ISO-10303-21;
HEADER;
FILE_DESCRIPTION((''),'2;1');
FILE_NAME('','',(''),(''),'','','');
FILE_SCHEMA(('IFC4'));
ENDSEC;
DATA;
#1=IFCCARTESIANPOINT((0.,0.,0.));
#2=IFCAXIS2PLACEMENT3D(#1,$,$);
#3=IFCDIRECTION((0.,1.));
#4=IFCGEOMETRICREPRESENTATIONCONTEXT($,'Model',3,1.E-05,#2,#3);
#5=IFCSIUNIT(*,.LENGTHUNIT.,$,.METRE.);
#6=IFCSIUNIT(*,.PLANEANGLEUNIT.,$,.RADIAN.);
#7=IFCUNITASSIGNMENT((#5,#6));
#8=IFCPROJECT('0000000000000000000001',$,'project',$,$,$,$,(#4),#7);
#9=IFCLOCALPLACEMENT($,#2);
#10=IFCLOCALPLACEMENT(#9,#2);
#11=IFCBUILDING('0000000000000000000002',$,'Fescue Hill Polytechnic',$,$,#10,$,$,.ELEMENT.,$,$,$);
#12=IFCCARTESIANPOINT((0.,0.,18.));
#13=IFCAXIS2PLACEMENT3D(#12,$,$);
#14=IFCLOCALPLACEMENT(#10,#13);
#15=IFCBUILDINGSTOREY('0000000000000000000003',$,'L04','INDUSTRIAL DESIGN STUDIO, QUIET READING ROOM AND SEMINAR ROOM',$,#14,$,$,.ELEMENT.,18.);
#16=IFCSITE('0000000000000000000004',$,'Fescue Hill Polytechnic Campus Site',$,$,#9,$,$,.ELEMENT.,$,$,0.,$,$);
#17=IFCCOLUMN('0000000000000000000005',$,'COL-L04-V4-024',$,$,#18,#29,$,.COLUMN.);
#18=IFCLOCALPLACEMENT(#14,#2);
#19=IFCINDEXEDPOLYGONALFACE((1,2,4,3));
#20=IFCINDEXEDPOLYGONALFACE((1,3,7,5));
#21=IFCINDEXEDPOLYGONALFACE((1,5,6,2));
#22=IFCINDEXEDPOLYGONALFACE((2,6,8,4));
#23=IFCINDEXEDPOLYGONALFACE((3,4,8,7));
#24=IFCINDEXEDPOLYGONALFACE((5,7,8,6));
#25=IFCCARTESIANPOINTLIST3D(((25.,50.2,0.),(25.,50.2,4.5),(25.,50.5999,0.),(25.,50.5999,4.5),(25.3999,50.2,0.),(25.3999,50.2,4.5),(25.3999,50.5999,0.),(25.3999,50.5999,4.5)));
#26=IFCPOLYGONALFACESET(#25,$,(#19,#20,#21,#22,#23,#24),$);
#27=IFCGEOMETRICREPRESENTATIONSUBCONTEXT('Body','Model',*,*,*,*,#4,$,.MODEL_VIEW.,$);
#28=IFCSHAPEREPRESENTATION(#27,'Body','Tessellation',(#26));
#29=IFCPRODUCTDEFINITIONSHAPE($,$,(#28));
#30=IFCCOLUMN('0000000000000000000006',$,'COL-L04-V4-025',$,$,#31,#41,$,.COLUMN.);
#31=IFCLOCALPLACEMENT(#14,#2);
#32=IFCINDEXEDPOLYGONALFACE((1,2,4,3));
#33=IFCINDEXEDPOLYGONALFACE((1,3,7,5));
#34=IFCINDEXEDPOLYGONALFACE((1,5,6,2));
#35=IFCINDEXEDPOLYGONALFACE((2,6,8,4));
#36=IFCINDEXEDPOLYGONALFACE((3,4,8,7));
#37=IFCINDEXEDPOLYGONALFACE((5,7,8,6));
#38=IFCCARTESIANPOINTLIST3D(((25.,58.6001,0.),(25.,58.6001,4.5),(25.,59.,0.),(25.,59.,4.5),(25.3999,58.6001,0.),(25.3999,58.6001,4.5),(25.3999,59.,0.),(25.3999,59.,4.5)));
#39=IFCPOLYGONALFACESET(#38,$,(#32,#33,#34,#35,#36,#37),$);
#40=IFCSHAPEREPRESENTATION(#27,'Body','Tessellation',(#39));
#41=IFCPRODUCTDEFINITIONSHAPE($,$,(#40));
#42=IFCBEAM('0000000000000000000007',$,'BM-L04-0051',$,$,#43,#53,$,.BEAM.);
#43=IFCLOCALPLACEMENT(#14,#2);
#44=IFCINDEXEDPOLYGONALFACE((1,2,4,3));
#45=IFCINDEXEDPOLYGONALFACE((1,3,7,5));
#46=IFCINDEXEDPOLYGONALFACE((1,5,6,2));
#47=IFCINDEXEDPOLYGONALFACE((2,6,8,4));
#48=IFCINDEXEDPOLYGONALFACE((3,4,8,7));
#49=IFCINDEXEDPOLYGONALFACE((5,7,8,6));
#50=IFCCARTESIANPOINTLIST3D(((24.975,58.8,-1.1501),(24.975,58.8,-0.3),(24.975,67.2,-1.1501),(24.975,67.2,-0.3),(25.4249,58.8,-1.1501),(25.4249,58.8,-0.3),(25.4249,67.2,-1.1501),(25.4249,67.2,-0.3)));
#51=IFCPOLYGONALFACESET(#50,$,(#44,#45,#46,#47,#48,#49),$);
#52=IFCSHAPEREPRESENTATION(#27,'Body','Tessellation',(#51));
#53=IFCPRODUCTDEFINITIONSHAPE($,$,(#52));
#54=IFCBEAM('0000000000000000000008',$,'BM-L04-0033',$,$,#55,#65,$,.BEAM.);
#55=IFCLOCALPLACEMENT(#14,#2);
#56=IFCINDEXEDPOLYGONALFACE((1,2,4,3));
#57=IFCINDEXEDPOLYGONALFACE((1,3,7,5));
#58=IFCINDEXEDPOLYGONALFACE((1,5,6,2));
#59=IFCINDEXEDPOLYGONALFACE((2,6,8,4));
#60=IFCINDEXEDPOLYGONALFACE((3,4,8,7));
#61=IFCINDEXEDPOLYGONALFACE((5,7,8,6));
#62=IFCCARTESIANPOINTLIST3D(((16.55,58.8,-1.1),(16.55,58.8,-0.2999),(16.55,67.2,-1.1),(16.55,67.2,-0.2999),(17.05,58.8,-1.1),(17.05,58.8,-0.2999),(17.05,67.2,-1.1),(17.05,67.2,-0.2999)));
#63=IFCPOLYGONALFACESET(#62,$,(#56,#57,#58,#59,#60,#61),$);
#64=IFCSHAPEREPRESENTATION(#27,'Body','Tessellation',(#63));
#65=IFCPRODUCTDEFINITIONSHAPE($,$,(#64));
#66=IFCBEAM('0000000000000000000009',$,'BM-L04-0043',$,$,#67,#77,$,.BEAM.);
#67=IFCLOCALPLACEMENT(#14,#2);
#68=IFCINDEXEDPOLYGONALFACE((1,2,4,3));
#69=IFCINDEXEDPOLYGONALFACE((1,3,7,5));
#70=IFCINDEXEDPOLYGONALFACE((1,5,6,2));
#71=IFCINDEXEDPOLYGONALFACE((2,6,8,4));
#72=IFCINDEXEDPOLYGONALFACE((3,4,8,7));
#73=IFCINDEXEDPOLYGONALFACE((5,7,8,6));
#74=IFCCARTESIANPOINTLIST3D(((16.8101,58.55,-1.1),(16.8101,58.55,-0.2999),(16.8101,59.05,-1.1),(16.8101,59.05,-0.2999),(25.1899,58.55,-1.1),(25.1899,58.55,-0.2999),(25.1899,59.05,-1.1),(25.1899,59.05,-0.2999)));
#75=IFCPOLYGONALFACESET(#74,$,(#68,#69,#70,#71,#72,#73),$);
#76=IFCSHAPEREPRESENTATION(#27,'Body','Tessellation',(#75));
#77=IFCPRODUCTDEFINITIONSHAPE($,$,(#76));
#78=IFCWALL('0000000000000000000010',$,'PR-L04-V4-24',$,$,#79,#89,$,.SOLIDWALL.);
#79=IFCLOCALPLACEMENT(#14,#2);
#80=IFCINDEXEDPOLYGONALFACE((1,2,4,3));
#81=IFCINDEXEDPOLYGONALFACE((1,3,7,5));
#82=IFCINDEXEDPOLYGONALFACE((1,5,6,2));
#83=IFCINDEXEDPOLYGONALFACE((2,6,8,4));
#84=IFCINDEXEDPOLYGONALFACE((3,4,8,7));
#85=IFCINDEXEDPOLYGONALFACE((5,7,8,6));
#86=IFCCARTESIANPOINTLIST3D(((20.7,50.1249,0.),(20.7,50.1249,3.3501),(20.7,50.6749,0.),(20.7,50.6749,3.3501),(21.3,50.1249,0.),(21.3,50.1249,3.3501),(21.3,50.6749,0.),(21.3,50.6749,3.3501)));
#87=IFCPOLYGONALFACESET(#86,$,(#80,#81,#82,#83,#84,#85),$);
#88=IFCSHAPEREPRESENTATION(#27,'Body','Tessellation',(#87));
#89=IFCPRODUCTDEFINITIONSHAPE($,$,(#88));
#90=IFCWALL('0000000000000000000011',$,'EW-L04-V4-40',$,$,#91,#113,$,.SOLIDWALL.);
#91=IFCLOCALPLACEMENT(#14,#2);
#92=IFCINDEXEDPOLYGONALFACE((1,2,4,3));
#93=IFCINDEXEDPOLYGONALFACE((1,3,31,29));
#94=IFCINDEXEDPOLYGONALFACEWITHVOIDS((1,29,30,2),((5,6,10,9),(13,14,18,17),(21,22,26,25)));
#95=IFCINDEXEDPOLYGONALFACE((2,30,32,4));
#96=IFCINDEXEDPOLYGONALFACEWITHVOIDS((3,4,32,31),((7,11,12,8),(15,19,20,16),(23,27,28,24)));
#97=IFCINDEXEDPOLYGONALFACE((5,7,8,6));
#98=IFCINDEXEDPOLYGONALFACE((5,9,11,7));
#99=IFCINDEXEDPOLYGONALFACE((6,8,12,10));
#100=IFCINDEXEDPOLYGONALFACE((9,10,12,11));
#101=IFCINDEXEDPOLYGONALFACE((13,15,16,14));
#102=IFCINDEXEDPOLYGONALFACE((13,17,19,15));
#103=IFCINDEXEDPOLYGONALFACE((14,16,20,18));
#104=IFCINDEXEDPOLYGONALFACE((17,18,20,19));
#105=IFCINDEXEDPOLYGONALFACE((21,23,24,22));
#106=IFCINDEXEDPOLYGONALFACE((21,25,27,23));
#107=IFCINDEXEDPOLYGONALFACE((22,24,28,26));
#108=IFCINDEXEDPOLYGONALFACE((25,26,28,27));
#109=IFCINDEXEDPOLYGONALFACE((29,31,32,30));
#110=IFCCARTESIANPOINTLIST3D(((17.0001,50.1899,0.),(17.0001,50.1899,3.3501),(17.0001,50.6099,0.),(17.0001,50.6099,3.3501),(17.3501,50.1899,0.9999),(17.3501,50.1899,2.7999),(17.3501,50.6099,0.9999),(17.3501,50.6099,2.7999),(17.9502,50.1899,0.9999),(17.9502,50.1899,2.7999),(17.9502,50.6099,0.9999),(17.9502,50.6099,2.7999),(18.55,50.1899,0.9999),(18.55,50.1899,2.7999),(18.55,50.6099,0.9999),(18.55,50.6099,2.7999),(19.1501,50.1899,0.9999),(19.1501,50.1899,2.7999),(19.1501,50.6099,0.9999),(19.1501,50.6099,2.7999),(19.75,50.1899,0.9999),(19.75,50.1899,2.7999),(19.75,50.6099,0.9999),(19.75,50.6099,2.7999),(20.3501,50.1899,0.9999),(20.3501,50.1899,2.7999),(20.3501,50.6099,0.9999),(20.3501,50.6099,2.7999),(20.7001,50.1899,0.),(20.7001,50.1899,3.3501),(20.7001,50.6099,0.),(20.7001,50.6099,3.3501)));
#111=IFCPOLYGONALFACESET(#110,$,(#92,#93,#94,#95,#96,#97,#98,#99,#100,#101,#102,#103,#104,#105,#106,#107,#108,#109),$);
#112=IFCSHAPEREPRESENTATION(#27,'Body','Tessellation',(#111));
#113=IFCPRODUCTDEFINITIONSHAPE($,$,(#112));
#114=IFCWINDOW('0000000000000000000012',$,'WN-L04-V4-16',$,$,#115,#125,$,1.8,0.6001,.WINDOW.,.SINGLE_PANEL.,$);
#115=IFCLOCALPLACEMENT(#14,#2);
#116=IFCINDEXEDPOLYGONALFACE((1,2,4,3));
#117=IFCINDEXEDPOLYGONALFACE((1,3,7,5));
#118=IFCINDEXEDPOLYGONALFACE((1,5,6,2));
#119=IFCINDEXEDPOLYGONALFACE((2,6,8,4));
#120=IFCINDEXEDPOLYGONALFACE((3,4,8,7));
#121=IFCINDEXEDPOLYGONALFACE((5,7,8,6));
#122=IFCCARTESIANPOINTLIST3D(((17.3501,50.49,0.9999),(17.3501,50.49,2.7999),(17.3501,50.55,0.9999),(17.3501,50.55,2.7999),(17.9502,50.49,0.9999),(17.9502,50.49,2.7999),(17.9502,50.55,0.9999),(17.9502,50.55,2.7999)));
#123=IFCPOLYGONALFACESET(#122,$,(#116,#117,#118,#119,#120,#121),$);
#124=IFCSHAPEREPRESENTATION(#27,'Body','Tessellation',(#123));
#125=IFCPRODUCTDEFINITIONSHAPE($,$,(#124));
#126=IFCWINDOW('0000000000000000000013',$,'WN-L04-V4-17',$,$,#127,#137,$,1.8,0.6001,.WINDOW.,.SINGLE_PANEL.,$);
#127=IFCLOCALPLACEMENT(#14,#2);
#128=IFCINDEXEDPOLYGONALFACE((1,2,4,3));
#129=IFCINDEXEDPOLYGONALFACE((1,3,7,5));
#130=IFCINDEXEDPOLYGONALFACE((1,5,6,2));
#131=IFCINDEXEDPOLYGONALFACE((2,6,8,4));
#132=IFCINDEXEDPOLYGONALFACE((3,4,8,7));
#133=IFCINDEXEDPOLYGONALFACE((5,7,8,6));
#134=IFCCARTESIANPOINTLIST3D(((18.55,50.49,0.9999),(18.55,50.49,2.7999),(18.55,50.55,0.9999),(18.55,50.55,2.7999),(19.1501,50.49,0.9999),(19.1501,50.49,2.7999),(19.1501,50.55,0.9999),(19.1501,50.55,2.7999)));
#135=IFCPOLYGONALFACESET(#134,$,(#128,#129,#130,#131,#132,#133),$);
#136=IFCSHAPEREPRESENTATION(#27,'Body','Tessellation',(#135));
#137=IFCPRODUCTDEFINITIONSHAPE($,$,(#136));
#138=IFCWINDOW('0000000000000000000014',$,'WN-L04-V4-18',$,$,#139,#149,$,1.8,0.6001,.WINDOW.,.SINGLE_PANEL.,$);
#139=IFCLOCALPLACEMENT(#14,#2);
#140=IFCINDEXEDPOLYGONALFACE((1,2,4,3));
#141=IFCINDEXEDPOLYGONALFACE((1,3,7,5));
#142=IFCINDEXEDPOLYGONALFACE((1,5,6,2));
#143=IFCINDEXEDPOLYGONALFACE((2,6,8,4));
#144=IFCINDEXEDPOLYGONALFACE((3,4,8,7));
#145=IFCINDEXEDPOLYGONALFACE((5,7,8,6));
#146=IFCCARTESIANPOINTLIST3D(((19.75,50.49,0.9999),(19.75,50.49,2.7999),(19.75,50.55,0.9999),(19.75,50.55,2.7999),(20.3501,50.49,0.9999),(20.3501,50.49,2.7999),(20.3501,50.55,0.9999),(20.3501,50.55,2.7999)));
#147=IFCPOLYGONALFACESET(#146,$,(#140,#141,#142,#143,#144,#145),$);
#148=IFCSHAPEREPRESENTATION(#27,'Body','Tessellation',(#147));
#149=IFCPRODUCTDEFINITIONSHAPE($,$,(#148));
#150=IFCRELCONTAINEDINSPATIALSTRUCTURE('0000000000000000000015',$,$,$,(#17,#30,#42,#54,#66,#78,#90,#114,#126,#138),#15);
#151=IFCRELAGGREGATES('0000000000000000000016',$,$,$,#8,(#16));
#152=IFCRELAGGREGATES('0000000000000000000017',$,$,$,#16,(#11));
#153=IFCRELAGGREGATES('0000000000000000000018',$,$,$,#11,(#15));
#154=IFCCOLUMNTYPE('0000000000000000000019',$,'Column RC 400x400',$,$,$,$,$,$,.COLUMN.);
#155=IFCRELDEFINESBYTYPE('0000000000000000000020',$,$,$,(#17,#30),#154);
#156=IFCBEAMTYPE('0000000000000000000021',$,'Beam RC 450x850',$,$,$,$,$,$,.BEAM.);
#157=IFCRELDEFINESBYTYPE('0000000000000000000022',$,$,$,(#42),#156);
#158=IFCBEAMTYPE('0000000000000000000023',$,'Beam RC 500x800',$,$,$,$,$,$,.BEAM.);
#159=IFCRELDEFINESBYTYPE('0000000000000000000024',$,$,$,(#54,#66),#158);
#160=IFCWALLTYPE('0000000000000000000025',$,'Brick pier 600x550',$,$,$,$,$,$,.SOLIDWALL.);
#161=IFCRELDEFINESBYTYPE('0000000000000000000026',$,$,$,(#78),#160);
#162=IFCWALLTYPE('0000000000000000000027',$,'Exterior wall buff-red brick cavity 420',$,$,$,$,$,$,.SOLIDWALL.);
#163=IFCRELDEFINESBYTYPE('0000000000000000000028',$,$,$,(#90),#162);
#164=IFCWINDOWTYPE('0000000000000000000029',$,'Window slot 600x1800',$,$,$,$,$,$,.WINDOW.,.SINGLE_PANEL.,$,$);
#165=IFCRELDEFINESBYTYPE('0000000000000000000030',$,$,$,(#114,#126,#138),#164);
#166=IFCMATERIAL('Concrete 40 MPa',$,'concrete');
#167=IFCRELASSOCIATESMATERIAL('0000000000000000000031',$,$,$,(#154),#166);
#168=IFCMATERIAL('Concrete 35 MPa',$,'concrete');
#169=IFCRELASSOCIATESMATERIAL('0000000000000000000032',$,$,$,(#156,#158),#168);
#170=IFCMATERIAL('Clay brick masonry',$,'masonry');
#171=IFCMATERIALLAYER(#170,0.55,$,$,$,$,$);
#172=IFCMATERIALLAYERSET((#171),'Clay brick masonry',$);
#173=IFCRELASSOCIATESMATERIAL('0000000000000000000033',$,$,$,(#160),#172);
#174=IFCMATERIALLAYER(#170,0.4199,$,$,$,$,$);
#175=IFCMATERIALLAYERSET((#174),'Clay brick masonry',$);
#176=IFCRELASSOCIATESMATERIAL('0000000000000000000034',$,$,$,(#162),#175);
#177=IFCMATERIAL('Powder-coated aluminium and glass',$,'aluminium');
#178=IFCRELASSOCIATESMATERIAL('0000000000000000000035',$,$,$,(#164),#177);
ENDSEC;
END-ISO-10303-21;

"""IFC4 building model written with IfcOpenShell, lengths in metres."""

from ifc_helpers import new_model, si_unit, direction, frame, frame_2d, origin, origin_2d, place, context, subcontext, project, spatial, rectangle, extrude, material, layer, layer_set, material_profile, profile_set, type_object, element, fill, save


model = new_model("IFC4")

# Units and contexts
model_context = context("Model", 3, precision=1e-05, world=origin(), true_north=direction((0.0, 1.0)))
body_context = subcontext(model_context, "Body", "Model", "MODEL_VIEW")
ifc_project = project(units=[si_unit("LENGTHUNIT", "METRE"), si_unit("PLANEANGLEUNIT", "RADIAN")], contexts=[model_context])

# Site, building, storey
site_placement = place(None, origin())
site = spatial("IfcSite", under=ifc_project, at=site_placement, Name="Fescue Hill Polytechnic Campus Site", CompositionType="ELEMENT", RefElevation=0.0)
building_placement = place(site_placement, origin())
building = spatial("IfcBuilding", under=site, at=building_placement, Name="Fescue Hill Polytechnic", CompositionType="ELEMENT")
storey_placement = place(building_placement, frame((0.0, 0.0, 18.0)))
storey = spatial("IfcBuildingStorey", under=building, at=storey_placement, Name="L04", Description="INDUSTRIAL DESIGN STUDIO, QUIET READING ROOM AND SEMINAR ROOM", CompositionType="ELEMENT", Elevation=18.0)

# Columns
ifc_material_1 = material(Name="Concrete 40 MPa", Category="concrete")
ifc_material_profile_1 = material_profile(ifc_material_1, rectangle(XDim=0.3999, YDim=0.3999, at=origin_2d()), Name="RC 400x400")
ifc_profile_set_1 = profile_set([ifc_material_profile_1], Name="Concrete 40 MPa")
column_type = type_object("IfcColumnType", Name="Column RC 400x400", PredefinedType="COLUMN", material=ifc_profile_set_1)
for number, where, z_axis, x_axis, name in (
    (1, (25.2, 50.3999, 0.0), (0.0, 0.0, 1.0), (1.0, 0.0, 0.0), "COL-L04-V4-024"),
    (2, (25.2, 58.8, 0.0), (0.0, 0.0, 1.0), (1.0, 0.0, 0.0), "COL-L04-V4-025"),
):
    element("IfcColumn", number, at=place(storey_placement, frame(where, z_axis=z_axis, x_axis=x_axis)), inside=storey, type_object=column_type, Name=name, PredefinedType="COLUMN", context=body_context, shape_type="SweptSolid", body=[
        extrude(rectangle(XDim=0.3999, YDim=0.3999, at=origin_2d()), origin(), (0.0, 0.0, 1.0), 4.5),
    ])

# Beams
ifc_material_2 = material(Name="Concrete 35 MPa", Category="concrete")
ifc_material_profile_2 = material_profile(ifc_material_2, rectangle(XDim=0.45, YDim=0.8501, at=origin_2d()), Name="RC 450x850")
ifc_profile_set_2 = profile_set([ifc_material_profile_2], Name="Concrete 35 MPa")
beam_type_1 = type_object("IfcBeamType", Name="Beam RC 450x850", PredefinedType="BEAM", material=ifc_profile_set_2)
beam_1_placement = place(storey_placement, frame((25.2, 58.8, -0.7251), z_axis=(0.0, 1.0, 0.0), x_axis=(-1.0, 0.0, 0.0)))
element("IfcBeam", 3, at=beam_1_placement, inside=storey, type_object=beam_type_1, Name="BM-L04-0051", PredefinedType="BEAM", context=body_context, shape_type="SweptSolid", body=[
    extrude(rectangle(XDim=0.45, YDim=0.8501, at=origin_2d()), origin(), (0.0, 0.0, 1.0), 8.3999),
])
ifc_material_profile_3 = material_profile(ifc_material_2, rectangle(XDim=0.5, YDim=0.8, at=origin_2d()), Name="RC 500x800")
ifc_profile_set_3 = profile_set([ifc_material_profile_3], Name="Concrete 35 MPa")
beam_type_2 = type_object("IfcBeamType", Name="Beam RC 500x800", PredefinedType="BEAM", material=ifc_profile_set_3)
beam_2_placement = place(storey_placement, frame((16.8, 58.8, -0.7), z_axis=(0.0, 1.0, 0.0), x_axis=(-1.0, 0.0, 0.0)))
element("IfcBeam", 4, at=beam_2_placement, inside=storey, type_object=beam_type_2, Name="BM-L04-0033", PredefinedType="BEAM", context=body_context, shape_type="SweptSolid", body=[
    extrude(rectangle(XDim=0.5, YDim=0.8, at=origin_2d()), origin(), (0.0, 0.0, 1.0), 8.3999),
])
beam_3_placement = place(storey_placement, frame((16.8101, 58.8, -0.7), z_axis=(1.0, 0.0, 0.0), x_axis=(0.0, 1.0, 0.0)))
element("IfcBeam", 5, at=beam_3_placement, inside=storey, type_object=beam_type_2, Name="BM-L04-0043", PredefinedType="BEAM", context=body_context, shape_type="SweptSolid", body=[
    extrude(rectangle(XDim=0.5, YDim=0.8, at=origin_2d()), origin(), (0.0, 0.0, 1.0), 8.3799),
])

# Wall
ifc_material_3 = material(Name="Clay brick masonry", Category="masonry")
ifc_layer_1 = layer(ifc_material_3, 0.55)
ifc_layer_set_1 = layer_set([ifc_layer_1], Name="Clay brick masonry")
wall_type_1 = type_object("IfcWallType", Name="Brick pier 600x550", PredefinedType="SOLIDWALL", material=ifc_layer_set_1)
wall_1_placement = place(storey_placement, frame((20.7, 50.3999, 0.0), z_axis=(0.0, 0.0, 1.0), x_axis=(1.0, 0.0, 0.0)))
element("IfcWall", 6, at=wall_1_placement, inside=storey, type_object=wall_type_1, Name="PR-L04-V4-24", PredefinedType="SOLIDWALL", context=body_context, shape_type="SweptSolid", body=[
    extrude(rectangle(XDim=0.6001, YDim=0.55, at=frame_2d((0.3, 0.0))), origin(), (0.0, 0.0, 1.0), 3.3501),
])

# Wall, openings, windows
ifc_layer_2 = layer(ifc_material_3, 0.4199)
ifc_layer_set_2 = layer_set([ifc_layer_2], Name="Clay brick masonry")
wall_type_2 = type_object("IfcWallType", Name="Exterior wall buff-red brick cavity 420", PredefinedType="SOLIDWALL", material=ifc_layer_set_2)
wall_2_placement = place(storey_placement, frame((17.0, 50.3999, 0.0), z_axis=(0.0, 0.0, 1.0), x_axis=(1.0, 0.0, 0.0)))
wall_2 = element("IfcWall", 7, at=wall_2_placement, inside=storey, type_object=wall_type_2, Name="EW-L04-V4-40", PredefinedType="SOLIDWALL", context=body_context, shape_type="SweptSolid", body=[
    extrude(rectangle(XDim=3.7, YDim=0.4199, at=frame_2d((1.8501, 0.0))), origin(), (0.0, 0.0, 1.0), 3.3501),
])
opening_1_placement = place(wall_2_placement, frame((0.3501, 0.0, 1.0)))
opening_1 = element("IfcOpeningElement", 8, at=opening_1_placement, cuts=wall_2, PredefinedType="OPENING", context=body_context, shape_type="SweptSolid", body=[
    extrude(rectangle(XDim=0.6001, YDim=1.8, at=frame_2d((0.3, 0.8999))), frame((0.0, 0.22, 0.0), z_axis=(0.0, -1.0, 0.0), x_axis=(1.0, 0.0, 0.0)), (0.0, 0.0, 1.0), 0.4399),
])
opening_2_placement = place(wall_2_placement, frame((1.55, 0.0, 1.0)))
opening_2 = element("IfcOpeningElement", 9, at=opening_2_placement, cuts=wall_2, PredefinedType="OPENING", context=body_context, shape_type="SweptSolid", body=[
    extrude(rectangle(XDim=0.6001, YDim=1.8, at=frame_2d((0.3, 0.8999))), frame((0.0, 0.22, 0.0), z_axis=(0.0, -1.0, 0.0), x_axis=(1.0, 0.0, 0.0)), (0.0, 0.0, 1.0), 0.4399),
])
opening_3_placement = place(wall_2_placement, frame((2.75, 0.0, 1.0)))
opening_3 = element("IfcOpeningElement", 10, at=opening_3_placement, cuts=wall_2, PredefinedType="OPENING", context=body_context, shape_type="SweptSolid", body=[
    extrude(rectangle(XDim=0.6001, YDim=1.8, at=frame_2d((0.3, 0.8999))), frame((0.0, 0.22, 0.0), z_axis=(0.0, -1.0, 0.0), x_axis=(1.0, 0.0, 0.0)), (0.0, 0.0, 1.0), 0.4399),
])
ifc_material_4 = material(Name="Powder-coated aluminium and glass", Category="aluminium")
window_type_1 = type_object("IfcWindowType", Name="Window slot 600x1800", PartitioningType="SINGLE_PANEL", PredefinedType="WINDOW", material=ifc_material_4)
window_1_placement = place(opening_1_placement, origin())
window_1 = element("IfcWindow", 11, at=window_1_placement, inside=storey, type_object=window_type_1, Name="WN-L04-V4-16", OverallHeight=1.8, OverallWidth=0.6001, PartitioningType="SINGLE_PANEL", PredefinedType="WINDOW", context=body_context, shape_type="SweptSolid", body=[
    extrude(rectangle(XDim=0.6001, YDim=1.8, at=frame_2d((0.3, 0.8999))), frame((0.0, 0.1501, 0.0), z_axis=(0.0, -1.0, 0.0), x_axis=(1.0, 0.0, 0.0)), (0.0, 0.0, 1.0), 0.0601),
])
fill(opening_1, window_1)
window_2_placement = place(opening_2_placement, origin())
window_2 = element("IfcWindow", 12, at=window_2_placement, inside=storey, type_object=window_type_1, Name="WN-L04-V4-17", OverallHeight=1.8, OverallWidth=0.6001, PartitioningType="SINGLE_PANEL", PredefinedType="WINDOW", context=body_context, shape_type="SweptSolid", body=[
    extrude(rectangle(XDim=0.6001, YDim=1.8, at=frame_2d((0.3, 0.8999))), frame((0.0, 0.1501, 0.0), z_axis=(0.0, -1.0, 0.0), x_axis=(1.0, 0.0, 0.0)), (0.0, 0.0, 1.0), 0.0601),
])
fill(opening_2, window_2)
window_3_placement = place(opening_3_placement, origin())
window_3 = element("IfcWindow", 13, at=window_3_placement, inside=storey, type_object=window_type_1, Name="WN-L04-V4-18", OverallHeight=1.8, OverallWidth=0.6001, PartitioningType="SINGLE_PANEL", PredefinedType="WINDOW", context=body_context, shape_type="SweptSolid", body=[
    extrude(rectangle(XDim=0.6001, YDim=1.8, at=frame_2d((0.3, 0.8999))), frame((0.0, 0.1501, 0.0), z_axis=(0.0, -1.0, 0.0), x_axis=(1.0, 0.0, 0.0)), (0.0, 0.0, 1.0), 0.0601),
])
fill(opening_3, window_3)

save(model, "model.ifc")
